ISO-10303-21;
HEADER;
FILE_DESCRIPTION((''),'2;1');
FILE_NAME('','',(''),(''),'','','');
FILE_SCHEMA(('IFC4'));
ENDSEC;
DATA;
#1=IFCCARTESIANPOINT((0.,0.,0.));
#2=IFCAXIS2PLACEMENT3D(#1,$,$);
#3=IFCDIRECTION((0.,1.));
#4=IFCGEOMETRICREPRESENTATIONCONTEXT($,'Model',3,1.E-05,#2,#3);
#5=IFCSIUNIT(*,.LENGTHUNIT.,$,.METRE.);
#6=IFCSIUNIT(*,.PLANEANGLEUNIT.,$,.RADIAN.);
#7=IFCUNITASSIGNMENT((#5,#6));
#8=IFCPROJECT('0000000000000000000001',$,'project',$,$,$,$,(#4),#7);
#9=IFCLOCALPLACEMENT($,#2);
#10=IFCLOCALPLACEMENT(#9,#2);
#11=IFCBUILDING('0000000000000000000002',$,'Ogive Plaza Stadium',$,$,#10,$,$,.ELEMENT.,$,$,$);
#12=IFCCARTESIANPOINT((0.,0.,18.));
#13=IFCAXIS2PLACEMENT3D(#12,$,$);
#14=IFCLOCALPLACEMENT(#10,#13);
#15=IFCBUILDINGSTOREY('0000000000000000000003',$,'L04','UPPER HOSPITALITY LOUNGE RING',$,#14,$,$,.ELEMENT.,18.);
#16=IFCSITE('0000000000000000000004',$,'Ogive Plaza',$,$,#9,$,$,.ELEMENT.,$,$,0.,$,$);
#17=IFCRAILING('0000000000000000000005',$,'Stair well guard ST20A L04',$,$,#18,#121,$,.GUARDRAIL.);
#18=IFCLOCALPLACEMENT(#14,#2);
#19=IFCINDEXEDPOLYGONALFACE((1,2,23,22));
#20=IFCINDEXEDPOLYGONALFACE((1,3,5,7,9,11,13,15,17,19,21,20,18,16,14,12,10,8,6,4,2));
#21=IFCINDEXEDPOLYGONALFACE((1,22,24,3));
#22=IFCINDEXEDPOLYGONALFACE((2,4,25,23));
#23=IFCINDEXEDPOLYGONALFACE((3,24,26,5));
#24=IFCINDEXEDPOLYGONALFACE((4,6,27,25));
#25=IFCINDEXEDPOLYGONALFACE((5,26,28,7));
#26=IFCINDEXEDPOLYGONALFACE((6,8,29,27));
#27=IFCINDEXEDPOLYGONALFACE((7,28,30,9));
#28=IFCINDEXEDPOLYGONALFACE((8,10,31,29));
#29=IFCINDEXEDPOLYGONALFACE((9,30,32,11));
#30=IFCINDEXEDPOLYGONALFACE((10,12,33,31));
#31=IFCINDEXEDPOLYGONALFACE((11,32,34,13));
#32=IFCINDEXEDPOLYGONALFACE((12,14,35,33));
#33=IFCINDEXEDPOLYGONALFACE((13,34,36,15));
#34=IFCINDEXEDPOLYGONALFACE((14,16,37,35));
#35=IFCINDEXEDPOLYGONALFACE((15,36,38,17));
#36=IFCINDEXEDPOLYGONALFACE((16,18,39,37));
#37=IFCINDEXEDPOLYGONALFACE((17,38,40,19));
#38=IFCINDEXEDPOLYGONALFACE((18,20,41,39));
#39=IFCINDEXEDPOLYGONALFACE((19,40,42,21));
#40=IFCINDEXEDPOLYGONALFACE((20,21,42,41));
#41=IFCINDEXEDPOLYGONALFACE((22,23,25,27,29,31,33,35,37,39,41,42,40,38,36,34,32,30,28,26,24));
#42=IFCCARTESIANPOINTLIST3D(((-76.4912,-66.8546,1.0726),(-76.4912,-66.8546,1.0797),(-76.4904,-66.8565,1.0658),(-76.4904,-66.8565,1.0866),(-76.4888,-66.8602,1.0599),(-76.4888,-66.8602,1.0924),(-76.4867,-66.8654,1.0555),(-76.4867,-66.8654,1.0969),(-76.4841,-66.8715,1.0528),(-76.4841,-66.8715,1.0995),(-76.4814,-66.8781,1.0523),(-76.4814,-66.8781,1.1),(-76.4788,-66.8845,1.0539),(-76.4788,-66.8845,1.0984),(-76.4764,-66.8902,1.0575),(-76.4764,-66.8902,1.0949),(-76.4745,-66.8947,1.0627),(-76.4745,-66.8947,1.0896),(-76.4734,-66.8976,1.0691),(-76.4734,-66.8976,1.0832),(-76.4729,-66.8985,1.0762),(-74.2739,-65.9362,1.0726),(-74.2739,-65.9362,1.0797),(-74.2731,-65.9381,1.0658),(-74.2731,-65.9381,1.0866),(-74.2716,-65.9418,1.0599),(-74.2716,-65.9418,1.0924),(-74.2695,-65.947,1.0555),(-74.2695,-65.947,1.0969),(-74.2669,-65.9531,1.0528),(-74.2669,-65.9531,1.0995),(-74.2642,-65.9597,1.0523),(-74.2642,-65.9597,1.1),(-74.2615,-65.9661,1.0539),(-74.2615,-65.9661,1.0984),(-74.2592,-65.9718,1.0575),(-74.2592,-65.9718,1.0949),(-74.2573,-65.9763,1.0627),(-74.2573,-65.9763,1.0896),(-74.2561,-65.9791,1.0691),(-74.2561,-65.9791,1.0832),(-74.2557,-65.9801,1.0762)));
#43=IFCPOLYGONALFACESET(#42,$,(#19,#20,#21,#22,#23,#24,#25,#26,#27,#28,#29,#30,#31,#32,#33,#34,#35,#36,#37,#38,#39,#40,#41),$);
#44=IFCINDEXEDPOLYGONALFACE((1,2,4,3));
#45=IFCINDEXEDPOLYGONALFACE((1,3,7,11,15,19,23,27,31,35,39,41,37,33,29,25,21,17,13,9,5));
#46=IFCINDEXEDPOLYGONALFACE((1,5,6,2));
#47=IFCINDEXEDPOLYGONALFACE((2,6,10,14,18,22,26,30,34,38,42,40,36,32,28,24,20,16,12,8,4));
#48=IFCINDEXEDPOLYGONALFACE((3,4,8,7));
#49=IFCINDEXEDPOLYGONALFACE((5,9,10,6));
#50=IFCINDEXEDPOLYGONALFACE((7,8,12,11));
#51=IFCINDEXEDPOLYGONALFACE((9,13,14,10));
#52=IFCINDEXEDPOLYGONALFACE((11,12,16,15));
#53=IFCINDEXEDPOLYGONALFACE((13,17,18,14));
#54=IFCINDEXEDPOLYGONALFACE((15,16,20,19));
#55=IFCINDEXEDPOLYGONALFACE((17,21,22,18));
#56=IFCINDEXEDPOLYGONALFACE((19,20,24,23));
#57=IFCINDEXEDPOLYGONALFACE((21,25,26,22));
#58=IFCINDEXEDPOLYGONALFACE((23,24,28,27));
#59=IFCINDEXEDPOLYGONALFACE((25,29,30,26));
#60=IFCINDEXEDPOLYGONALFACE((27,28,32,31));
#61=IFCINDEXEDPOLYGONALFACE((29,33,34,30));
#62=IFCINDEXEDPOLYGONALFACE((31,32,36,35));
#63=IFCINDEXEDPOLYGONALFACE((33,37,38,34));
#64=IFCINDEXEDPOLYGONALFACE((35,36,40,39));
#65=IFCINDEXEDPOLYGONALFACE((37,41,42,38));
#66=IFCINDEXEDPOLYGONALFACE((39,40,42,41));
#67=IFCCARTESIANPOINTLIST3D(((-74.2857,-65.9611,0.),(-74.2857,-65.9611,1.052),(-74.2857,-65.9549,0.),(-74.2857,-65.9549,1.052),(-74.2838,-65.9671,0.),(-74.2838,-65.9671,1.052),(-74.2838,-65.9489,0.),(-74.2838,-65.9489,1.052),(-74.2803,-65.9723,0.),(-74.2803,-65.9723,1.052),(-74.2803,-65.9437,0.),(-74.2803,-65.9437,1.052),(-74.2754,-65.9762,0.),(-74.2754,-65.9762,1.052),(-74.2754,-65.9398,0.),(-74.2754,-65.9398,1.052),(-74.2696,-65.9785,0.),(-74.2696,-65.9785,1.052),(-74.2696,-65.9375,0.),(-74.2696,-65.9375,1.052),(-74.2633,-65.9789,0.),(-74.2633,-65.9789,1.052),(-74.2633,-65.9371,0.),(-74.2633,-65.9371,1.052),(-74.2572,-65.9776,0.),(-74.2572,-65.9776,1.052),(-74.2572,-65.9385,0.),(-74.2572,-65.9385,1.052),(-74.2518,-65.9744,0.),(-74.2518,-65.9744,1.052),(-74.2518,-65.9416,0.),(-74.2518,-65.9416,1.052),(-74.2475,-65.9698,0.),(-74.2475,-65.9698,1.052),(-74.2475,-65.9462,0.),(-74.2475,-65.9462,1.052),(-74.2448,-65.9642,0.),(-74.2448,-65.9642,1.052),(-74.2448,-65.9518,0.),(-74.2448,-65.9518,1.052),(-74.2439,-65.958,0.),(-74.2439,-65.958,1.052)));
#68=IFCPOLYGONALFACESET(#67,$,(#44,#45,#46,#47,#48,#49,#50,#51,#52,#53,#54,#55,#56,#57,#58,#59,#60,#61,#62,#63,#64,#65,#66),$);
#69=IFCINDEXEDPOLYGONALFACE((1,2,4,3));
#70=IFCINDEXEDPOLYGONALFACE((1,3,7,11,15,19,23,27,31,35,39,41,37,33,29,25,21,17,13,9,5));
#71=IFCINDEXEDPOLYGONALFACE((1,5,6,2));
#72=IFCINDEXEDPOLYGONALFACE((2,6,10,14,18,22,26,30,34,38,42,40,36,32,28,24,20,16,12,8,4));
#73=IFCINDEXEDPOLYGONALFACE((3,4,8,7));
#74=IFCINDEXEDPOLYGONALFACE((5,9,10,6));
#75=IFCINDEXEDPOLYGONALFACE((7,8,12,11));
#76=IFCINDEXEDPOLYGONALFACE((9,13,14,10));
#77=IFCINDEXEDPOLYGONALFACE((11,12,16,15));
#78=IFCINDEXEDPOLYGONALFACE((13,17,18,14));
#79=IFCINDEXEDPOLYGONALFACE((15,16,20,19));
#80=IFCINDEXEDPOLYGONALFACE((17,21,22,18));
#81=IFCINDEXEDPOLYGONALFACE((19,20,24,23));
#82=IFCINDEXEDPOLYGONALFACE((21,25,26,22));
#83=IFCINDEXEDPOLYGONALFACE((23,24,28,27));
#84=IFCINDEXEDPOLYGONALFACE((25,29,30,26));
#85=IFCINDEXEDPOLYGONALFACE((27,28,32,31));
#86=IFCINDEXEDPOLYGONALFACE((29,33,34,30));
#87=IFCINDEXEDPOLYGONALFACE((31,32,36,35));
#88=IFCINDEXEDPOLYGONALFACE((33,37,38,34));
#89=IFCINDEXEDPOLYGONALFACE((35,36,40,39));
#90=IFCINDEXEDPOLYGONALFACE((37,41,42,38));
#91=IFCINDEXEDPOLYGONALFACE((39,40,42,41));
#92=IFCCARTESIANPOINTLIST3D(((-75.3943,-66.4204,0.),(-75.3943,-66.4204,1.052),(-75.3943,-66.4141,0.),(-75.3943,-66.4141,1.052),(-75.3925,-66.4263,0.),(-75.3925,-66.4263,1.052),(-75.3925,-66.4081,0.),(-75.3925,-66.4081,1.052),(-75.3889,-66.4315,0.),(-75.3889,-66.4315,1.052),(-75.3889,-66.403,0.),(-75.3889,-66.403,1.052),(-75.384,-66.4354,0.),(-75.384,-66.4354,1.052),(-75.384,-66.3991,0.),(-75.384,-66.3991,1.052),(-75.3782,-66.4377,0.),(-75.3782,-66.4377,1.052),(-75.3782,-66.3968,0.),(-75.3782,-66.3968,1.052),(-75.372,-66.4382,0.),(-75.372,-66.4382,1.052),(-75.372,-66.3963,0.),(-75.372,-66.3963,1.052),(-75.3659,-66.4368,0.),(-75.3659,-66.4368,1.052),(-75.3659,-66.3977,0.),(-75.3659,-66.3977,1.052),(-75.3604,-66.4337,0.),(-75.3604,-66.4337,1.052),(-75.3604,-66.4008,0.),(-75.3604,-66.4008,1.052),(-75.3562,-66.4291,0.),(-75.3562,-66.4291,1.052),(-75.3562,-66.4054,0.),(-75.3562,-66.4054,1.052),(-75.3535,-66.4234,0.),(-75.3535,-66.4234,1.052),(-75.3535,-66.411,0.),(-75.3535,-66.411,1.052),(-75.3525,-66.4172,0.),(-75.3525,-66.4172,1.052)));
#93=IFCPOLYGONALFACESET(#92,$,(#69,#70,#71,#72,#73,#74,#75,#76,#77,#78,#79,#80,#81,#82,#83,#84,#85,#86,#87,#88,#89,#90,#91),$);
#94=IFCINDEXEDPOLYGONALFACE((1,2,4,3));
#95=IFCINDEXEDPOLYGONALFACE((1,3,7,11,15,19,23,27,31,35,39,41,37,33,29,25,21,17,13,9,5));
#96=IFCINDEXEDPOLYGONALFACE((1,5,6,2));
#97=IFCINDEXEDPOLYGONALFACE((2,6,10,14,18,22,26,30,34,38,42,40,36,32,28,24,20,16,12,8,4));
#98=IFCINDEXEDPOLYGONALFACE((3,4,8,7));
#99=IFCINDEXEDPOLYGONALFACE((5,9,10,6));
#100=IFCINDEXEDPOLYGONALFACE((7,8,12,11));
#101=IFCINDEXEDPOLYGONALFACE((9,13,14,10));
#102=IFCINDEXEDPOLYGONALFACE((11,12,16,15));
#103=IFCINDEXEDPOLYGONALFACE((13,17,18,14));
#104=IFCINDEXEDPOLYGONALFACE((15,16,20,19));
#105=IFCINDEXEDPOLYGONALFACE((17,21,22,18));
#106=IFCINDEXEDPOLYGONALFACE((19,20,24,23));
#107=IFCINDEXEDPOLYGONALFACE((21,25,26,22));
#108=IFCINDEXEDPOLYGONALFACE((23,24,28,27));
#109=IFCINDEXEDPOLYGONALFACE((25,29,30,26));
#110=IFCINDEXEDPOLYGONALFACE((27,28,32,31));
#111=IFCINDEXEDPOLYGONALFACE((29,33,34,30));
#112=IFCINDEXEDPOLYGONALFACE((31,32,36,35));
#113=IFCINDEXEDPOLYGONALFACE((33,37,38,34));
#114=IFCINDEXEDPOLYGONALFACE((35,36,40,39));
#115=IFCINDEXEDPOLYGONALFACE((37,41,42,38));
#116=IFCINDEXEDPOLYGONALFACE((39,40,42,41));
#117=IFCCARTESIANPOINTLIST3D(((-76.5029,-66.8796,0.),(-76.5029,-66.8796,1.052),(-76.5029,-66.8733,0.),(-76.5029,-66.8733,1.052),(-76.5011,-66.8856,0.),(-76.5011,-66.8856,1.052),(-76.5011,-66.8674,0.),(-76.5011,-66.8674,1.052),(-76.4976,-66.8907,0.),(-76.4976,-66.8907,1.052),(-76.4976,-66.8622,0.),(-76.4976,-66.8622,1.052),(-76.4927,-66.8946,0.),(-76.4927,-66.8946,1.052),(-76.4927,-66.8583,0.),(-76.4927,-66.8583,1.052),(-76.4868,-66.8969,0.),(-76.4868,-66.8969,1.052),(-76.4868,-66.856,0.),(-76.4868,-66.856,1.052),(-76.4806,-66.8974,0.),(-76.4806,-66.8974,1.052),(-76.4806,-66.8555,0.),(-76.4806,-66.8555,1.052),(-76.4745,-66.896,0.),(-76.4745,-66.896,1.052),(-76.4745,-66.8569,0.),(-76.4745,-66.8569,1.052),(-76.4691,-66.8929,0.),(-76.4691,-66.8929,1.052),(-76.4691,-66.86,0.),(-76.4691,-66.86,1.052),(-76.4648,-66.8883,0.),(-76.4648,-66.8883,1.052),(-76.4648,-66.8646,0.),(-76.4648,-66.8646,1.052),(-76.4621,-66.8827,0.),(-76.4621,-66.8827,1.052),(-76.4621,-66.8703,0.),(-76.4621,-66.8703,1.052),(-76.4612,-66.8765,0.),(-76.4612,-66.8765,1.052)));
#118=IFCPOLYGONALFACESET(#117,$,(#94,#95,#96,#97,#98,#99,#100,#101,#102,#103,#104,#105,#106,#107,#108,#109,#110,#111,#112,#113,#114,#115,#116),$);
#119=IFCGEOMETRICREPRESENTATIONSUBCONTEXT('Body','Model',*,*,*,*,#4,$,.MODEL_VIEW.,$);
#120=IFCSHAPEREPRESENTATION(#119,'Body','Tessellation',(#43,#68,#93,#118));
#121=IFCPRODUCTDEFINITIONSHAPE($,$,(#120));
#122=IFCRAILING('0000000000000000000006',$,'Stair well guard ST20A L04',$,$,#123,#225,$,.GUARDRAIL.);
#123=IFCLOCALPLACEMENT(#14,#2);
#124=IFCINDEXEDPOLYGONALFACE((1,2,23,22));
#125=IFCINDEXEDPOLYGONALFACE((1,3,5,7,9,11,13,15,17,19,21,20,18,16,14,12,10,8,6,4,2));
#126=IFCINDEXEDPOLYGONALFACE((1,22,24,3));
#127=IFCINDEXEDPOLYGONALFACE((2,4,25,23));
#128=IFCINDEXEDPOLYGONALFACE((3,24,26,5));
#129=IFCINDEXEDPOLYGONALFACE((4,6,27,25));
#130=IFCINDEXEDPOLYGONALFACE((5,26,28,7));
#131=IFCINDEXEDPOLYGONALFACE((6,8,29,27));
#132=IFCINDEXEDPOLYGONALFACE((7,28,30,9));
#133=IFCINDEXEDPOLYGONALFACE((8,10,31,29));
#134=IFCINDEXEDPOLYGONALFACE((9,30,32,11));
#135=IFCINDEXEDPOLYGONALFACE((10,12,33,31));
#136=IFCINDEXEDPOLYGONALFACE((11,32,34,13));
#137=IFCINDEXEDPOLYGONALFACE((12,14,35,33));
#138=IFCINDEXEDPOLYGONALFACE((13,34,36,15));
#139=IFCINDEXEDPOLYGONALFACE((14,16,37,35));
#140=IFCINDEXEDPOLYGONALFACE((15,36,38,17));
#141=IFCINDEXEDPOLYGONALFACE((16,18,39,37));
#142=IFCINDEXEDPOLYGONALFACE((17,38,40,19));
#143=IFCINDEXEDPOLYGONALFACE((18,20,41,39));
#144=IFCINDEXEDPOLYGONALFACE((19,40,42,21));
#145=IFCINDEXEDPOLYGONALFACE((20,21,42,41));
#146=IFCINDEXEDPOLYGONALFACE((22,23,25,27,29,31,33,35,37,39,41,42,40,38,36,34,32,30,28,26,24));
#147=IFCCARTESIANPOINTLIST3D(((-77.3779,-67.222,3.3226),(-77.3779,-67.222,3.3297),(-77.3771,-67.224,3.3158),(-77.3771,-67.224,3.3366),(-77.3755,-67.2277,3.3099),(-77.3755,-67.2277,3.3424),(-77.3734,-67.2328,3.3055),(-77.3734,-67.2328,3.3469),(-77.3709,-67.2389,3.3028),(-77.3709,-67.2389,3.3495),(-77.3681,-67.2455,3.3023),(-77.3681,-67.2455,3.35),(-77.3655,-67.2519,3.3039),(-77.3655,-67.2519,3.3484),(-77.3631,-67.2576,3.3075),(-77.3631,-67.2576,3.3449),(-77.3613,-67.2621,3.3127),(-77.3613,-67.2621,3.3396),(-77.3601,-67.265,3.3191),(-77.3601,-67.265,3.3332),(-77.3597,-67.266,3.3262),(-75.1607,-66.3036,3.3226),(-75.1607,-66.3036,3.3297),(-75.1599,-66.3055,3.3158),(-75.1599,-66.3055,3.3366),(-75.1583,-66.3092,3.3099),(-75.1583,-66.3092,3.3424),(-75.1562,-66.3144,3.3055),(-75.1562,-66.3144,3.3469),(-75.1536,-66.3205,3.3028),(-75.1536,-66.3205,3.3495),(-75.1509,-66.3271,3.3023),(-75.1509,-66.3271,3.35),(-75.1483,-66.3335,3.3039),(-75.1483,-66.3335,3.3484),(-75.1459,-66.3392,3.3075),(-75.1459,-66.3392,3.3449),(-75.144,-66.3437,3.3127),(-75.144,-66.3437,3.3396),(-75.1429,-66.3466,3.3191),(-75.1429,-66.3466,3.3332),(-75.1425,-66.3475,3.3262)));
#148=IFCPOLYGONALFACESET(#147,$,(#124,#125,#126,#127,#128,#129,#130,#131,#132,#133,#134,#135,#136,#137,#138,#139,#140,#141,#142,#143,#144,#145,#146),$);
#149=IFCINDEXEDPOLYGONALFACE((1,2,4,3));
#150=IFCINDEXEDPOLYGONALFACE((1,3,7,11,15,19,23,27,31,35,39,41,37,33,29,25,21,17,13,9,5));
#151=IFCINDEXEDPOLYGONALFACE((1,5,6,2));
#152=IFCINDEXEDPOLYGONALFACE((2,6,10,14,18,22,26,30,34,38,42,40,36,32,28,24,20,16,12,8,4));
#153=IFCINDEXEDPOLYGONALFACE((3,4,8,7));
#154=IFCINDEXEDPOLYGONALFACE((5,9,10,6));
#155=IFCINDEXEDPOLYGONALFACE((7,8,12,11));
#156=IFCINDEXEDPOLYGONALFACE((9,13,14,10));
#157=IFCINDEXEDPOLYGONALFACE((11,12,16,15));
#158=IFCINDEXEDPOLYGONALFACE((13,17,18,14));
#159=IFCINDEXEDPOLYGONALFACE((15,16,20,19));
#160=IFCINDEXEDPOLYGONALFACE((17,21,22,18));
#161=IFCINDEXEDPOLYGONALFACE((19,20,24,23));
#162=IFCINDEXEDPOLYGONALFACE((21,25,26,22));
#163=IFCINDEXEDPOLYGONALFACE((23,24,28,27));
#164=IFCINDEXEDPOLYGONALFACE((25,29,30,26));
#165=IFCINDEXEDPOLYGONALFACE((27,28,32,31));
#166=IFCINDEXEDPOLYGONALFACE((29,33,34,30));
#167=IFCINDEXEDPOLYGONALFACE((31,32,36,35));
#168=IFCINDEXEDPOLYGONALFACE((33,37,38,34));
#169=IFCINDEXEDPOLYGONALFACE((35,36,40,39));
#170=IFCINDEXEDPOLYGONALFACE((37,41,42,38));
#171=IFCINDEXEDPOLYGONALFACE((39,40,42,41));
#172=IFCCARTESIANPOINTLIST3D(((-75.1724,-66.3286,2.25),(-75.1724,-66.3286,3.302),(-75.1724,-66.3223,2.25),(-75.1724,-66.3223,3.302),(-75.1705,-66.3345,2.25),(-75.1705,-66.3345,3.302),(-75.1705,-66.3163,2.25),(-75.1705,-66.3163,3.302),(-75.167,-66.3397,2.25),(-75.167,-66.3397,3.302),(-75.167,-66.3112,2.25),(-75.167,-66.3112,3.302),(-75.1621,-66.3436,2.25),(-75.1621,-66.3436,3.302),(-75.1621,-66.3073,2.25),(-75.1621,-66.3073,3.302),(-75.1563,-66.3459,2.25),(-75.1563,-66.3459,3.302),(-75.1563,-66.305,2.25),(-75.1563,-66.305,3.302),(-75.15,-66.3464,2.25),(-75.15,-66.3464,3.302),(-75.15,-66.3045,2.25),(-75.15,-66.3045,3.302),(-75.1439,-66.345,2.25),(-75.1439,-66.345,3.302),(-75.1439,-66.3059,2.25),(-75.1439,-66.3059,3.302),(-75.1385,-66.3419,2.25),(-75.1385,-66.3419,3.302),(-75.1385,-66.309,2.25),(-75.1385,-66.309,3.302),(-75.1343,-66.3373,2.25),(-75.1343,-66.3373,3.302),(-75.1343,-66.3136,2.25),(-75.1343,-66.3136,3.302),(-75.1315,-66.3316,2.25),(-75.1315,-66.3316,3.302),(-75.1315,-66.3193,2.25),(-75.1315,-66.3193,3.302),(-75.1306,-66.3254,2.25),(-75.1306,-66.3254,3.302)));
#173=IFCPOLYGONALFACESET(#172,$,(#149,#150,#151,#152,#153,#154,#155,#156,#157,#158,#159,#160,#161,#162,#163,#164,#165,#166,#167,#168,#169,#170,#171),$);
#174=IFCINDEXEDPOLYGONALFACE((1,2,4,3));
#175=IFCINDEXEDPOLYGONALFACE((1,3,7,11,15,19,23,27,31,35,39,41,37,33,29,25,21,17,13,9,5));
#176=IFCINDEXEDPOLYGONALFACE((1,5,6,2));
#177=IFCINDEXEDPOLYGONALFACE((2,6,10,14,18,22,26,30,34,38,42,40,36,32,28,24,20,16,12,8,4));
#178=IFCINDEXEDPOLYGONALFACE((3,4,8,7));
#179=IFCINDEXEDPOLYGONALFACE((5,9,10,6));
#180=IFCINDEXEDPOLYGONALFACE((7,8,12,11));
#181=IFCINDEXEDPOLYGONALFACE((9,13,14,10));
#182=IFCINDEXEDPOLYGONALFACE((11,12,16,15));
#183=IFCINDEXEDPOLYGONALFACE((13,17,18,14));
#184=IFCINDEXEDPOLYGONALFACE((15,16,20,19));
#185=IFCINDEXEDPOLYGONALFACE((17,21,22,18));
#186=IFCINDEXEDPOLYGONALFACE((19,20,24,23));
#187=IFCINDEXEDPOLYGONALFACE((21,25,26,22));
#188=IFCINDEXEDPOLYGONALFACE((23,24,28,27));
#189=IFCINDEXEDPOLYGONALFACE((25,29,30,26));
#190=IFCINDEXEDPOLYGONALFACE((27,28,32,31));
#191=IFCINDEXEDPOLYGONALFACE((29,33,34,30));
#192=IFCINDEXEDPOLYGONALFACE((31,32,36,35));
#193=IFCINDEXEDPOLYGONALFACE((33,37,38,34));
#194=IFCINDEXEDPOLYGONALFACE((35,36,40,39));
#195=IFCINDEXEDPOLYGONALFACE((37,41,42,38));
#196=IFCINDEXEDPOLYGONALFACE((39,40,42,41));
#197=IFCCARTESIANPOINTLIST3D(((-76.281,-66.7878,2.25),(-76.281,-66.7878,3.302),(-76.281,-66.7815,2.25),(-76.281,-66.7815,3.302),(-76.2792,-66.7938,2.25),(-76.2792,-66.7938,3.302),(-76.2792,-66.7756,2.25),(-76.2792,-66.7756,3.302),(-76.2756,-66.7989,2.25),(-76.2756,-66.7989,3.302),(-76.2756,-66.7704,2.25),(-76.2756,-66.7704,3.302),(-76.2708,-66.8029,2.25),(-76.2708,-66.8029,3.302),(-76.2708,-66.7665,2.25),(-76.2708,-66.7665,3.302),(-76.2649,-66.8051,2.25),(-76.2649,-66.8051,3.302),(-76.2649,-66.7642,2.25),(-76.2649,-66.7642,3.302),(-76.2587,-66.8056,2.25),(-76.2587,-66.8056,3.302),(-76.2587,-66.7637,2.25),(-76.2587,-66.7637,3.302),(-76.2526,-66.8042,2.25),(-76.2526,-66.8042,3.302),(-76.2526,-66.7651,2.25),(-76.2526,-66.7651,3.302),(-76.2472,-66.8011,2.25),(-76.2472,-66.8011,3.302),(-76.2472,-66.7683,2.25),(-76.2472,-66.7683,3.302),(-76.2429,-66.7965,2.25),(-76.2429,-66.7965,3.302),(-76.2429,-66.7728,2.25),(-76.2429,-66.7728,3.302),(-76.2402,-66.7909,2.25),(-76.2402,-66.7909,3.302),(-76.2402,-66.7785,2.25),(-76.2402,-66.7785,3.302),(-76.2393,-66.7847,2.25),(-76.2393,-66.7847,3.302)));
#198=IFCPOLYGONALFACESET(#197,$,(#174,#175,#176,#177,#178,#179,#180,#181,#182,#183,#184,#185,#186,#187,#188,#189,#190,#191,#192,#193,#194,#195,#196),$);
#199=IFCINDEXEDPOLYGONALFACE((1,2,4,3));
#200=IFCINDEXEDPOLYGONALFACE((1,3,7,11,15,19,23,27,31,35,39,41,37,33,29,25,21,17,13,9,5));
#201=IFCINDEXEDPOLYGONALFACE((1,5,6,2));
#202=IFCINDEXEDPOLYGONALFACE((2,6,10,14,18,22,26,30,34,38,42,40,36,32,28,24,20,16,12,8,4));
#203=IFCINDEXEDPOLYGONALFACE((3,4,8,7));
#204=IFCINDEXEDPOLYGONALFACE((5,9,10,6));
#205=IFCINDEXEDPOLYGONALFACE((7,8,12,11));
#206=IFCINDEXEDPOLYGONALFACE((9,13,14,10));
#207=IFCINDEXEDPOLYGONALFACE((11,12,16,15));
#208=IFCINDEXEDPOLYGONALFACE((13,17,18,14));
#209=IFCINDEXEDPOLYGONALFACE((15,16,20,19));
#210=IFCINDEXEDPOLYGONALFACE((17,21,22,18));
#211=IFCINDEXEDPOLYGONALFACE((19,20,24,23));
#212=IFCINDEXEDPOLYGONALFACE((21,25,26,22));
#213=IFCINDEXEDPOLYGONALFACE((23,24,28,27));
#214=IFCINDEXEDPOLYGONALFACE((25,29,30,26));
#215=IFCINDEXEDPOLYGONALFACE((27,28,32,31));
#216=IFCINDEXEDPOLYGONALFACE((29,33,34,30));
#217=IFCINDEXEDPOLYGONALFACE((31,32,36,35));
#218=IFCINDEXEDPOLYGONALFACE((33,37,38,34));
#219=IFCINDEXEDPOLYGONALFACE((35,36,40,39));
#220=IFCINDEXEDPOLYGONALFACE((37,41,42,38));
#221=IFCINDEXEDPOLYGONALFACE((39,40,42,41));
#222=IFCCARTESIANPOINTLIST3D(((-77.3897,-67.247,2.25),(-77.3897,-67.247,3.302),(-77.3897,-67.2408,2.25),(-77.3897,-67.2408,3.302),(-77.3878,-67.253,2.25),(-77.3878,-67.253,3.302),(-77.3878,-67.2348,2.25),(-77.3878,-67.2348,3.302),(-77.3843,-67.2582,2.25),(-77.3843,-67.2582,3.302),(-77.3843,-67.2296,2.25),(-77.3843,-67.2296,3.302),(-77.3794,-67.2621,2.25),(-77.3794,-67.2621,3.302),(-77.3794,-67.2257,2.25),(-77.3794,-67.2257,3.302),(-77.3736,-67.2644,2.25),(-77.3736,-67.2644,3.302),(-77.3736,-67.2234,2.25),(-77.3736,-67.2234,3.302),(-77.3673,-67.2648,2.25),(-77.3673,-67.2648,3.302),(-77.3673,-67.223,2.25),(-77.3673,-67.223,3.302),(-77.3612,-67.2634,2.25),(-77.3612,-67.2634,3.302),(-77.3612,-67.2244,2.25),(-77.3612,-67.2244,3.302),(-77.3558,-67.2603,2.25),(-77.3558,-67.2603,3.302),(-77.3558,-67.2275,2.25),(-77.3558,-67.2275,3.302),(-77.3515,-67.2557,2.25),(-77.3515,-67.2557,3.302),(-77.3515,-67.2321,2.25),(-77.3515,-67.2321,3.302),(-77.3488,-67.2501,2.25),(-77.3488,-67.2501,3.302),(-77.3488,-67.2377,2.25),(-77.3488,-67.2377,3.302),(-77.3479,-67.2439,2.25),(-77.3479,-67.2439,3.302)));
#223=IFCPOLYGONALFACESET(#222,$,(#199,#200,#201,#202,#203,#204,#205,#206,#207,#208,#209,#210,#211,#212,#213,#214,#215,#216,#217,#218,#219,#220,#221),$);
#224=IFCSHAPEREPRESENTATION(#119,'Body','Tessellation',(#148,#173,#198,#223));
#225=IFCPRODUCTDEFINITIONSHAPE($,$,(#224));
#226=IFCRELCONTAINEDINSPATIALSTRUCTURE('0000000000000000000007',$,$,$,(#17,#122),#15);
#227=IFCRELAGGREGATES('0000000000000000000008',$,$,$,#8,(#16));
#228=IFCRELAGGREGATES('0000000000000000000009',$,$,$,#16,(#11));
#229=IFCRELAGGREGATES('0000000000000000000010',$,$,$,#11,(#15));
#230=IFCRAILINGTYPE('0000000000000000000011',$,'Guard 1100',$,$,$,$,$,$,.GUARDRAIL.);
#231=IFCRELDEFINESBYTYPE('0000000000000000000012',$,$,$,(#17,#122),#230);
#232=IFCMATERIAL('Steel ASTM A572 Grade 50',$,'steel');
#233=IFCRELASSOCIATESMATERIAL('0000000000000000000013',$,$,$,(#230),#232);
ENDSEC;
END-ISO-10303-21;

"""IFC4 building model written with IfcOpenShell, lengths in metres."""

from ifc_helpers import new_model, si_unit, direction, frame, origin, origin_2d, place, context, subcontext, project, spatial, circle, extrude, material, type_object, element, save


model = new_model("IFC4")

# Units and contexts
model_context = context("Model", 3, precision=1e-05, world=origin(), true_north=direction((0.0, 1.0)))
body_context = subcontext(model_context, "Body", "Model", "MODEL_VIEW")
ifc_project = project(units=[si_unit("LENGTHUNIT", "METRE"), si_unit("PLANEANGLEUNIT", "RADIAN")], contexts=[model_context])

# Site, building, storey
site_placement = place(None, origin())
site = spatial("IfcSite", under=ifc_project, at=site_placement, Name="Ogive Plaza", CompositionType="ELEMENT", RefElevation=0.0)
building_placement = place(site_placement, origin())
building = spatial("IfcBuilding", under=site, at=building_placement, Name="Ogive Plaza Stadium", CompositionType="ELEMENT")
storey_placement = place(building_placement, frame((0.0, 0.0, 18.0)))
storey = spatial("IfcBuildingStorey", under=building, at=storey_placement, Name="L04", Description="UPPER HOSPITALITY LOUNGE RING", CompositionType="ELEMENT", Elevation=18.0)

# Railings
ifc_material_1 = material(Name="Steel ASTM A572 Grade 50", Category="steel")
railing_type_1 = type_object("IfcRailingType", Name="Guard 1100", PredefinedType="GUARDRAIL", material=ifc_material_1)
for number, where, name in (
    (1, (-74.2649, -65.958, 0.0), "Stair well guard ST20A L04"),
    (2, (-75.1516, -66.3254, 2.25), "Stair well guard ST20A L04"),
):
    element("IfcRailing", number, at=place(storey_placement, frame(where)), inside=storey, type_object=railing_type_1, Name=name, PredefinedType="GUARDRAIL", context=body_context, shape_type="SweptSolid", body=[
        extrude(circle(Radius=0.0239, at=origin_2d()), frame((0.0, 0.0, 1.0762), z_axis=(-0.923875, -0.382693, 0.0), x_axis=(0.382693, -0.923875, 0.0)), (0.0, 0.0, 1.0), 2.3999),
        extrude(circle(Radius=0.021, at=origin_2d()), origin(), (0.0, 0.0, 1.0), 1.052),
        extrude(circle(Radius=0.021, at=origin_2d()), frame((-1.1086, -0.4592, 0.0)), (0.0, 0.0, 1.0), 1.052),
        extrude(circle(Radius=0.021, at=origin_2d()), frame((-2.2173, -0.9185, 0.0)), (0.0, 0.0, 1.0), 1.052),
    ])

save(model, "model.ifc")
